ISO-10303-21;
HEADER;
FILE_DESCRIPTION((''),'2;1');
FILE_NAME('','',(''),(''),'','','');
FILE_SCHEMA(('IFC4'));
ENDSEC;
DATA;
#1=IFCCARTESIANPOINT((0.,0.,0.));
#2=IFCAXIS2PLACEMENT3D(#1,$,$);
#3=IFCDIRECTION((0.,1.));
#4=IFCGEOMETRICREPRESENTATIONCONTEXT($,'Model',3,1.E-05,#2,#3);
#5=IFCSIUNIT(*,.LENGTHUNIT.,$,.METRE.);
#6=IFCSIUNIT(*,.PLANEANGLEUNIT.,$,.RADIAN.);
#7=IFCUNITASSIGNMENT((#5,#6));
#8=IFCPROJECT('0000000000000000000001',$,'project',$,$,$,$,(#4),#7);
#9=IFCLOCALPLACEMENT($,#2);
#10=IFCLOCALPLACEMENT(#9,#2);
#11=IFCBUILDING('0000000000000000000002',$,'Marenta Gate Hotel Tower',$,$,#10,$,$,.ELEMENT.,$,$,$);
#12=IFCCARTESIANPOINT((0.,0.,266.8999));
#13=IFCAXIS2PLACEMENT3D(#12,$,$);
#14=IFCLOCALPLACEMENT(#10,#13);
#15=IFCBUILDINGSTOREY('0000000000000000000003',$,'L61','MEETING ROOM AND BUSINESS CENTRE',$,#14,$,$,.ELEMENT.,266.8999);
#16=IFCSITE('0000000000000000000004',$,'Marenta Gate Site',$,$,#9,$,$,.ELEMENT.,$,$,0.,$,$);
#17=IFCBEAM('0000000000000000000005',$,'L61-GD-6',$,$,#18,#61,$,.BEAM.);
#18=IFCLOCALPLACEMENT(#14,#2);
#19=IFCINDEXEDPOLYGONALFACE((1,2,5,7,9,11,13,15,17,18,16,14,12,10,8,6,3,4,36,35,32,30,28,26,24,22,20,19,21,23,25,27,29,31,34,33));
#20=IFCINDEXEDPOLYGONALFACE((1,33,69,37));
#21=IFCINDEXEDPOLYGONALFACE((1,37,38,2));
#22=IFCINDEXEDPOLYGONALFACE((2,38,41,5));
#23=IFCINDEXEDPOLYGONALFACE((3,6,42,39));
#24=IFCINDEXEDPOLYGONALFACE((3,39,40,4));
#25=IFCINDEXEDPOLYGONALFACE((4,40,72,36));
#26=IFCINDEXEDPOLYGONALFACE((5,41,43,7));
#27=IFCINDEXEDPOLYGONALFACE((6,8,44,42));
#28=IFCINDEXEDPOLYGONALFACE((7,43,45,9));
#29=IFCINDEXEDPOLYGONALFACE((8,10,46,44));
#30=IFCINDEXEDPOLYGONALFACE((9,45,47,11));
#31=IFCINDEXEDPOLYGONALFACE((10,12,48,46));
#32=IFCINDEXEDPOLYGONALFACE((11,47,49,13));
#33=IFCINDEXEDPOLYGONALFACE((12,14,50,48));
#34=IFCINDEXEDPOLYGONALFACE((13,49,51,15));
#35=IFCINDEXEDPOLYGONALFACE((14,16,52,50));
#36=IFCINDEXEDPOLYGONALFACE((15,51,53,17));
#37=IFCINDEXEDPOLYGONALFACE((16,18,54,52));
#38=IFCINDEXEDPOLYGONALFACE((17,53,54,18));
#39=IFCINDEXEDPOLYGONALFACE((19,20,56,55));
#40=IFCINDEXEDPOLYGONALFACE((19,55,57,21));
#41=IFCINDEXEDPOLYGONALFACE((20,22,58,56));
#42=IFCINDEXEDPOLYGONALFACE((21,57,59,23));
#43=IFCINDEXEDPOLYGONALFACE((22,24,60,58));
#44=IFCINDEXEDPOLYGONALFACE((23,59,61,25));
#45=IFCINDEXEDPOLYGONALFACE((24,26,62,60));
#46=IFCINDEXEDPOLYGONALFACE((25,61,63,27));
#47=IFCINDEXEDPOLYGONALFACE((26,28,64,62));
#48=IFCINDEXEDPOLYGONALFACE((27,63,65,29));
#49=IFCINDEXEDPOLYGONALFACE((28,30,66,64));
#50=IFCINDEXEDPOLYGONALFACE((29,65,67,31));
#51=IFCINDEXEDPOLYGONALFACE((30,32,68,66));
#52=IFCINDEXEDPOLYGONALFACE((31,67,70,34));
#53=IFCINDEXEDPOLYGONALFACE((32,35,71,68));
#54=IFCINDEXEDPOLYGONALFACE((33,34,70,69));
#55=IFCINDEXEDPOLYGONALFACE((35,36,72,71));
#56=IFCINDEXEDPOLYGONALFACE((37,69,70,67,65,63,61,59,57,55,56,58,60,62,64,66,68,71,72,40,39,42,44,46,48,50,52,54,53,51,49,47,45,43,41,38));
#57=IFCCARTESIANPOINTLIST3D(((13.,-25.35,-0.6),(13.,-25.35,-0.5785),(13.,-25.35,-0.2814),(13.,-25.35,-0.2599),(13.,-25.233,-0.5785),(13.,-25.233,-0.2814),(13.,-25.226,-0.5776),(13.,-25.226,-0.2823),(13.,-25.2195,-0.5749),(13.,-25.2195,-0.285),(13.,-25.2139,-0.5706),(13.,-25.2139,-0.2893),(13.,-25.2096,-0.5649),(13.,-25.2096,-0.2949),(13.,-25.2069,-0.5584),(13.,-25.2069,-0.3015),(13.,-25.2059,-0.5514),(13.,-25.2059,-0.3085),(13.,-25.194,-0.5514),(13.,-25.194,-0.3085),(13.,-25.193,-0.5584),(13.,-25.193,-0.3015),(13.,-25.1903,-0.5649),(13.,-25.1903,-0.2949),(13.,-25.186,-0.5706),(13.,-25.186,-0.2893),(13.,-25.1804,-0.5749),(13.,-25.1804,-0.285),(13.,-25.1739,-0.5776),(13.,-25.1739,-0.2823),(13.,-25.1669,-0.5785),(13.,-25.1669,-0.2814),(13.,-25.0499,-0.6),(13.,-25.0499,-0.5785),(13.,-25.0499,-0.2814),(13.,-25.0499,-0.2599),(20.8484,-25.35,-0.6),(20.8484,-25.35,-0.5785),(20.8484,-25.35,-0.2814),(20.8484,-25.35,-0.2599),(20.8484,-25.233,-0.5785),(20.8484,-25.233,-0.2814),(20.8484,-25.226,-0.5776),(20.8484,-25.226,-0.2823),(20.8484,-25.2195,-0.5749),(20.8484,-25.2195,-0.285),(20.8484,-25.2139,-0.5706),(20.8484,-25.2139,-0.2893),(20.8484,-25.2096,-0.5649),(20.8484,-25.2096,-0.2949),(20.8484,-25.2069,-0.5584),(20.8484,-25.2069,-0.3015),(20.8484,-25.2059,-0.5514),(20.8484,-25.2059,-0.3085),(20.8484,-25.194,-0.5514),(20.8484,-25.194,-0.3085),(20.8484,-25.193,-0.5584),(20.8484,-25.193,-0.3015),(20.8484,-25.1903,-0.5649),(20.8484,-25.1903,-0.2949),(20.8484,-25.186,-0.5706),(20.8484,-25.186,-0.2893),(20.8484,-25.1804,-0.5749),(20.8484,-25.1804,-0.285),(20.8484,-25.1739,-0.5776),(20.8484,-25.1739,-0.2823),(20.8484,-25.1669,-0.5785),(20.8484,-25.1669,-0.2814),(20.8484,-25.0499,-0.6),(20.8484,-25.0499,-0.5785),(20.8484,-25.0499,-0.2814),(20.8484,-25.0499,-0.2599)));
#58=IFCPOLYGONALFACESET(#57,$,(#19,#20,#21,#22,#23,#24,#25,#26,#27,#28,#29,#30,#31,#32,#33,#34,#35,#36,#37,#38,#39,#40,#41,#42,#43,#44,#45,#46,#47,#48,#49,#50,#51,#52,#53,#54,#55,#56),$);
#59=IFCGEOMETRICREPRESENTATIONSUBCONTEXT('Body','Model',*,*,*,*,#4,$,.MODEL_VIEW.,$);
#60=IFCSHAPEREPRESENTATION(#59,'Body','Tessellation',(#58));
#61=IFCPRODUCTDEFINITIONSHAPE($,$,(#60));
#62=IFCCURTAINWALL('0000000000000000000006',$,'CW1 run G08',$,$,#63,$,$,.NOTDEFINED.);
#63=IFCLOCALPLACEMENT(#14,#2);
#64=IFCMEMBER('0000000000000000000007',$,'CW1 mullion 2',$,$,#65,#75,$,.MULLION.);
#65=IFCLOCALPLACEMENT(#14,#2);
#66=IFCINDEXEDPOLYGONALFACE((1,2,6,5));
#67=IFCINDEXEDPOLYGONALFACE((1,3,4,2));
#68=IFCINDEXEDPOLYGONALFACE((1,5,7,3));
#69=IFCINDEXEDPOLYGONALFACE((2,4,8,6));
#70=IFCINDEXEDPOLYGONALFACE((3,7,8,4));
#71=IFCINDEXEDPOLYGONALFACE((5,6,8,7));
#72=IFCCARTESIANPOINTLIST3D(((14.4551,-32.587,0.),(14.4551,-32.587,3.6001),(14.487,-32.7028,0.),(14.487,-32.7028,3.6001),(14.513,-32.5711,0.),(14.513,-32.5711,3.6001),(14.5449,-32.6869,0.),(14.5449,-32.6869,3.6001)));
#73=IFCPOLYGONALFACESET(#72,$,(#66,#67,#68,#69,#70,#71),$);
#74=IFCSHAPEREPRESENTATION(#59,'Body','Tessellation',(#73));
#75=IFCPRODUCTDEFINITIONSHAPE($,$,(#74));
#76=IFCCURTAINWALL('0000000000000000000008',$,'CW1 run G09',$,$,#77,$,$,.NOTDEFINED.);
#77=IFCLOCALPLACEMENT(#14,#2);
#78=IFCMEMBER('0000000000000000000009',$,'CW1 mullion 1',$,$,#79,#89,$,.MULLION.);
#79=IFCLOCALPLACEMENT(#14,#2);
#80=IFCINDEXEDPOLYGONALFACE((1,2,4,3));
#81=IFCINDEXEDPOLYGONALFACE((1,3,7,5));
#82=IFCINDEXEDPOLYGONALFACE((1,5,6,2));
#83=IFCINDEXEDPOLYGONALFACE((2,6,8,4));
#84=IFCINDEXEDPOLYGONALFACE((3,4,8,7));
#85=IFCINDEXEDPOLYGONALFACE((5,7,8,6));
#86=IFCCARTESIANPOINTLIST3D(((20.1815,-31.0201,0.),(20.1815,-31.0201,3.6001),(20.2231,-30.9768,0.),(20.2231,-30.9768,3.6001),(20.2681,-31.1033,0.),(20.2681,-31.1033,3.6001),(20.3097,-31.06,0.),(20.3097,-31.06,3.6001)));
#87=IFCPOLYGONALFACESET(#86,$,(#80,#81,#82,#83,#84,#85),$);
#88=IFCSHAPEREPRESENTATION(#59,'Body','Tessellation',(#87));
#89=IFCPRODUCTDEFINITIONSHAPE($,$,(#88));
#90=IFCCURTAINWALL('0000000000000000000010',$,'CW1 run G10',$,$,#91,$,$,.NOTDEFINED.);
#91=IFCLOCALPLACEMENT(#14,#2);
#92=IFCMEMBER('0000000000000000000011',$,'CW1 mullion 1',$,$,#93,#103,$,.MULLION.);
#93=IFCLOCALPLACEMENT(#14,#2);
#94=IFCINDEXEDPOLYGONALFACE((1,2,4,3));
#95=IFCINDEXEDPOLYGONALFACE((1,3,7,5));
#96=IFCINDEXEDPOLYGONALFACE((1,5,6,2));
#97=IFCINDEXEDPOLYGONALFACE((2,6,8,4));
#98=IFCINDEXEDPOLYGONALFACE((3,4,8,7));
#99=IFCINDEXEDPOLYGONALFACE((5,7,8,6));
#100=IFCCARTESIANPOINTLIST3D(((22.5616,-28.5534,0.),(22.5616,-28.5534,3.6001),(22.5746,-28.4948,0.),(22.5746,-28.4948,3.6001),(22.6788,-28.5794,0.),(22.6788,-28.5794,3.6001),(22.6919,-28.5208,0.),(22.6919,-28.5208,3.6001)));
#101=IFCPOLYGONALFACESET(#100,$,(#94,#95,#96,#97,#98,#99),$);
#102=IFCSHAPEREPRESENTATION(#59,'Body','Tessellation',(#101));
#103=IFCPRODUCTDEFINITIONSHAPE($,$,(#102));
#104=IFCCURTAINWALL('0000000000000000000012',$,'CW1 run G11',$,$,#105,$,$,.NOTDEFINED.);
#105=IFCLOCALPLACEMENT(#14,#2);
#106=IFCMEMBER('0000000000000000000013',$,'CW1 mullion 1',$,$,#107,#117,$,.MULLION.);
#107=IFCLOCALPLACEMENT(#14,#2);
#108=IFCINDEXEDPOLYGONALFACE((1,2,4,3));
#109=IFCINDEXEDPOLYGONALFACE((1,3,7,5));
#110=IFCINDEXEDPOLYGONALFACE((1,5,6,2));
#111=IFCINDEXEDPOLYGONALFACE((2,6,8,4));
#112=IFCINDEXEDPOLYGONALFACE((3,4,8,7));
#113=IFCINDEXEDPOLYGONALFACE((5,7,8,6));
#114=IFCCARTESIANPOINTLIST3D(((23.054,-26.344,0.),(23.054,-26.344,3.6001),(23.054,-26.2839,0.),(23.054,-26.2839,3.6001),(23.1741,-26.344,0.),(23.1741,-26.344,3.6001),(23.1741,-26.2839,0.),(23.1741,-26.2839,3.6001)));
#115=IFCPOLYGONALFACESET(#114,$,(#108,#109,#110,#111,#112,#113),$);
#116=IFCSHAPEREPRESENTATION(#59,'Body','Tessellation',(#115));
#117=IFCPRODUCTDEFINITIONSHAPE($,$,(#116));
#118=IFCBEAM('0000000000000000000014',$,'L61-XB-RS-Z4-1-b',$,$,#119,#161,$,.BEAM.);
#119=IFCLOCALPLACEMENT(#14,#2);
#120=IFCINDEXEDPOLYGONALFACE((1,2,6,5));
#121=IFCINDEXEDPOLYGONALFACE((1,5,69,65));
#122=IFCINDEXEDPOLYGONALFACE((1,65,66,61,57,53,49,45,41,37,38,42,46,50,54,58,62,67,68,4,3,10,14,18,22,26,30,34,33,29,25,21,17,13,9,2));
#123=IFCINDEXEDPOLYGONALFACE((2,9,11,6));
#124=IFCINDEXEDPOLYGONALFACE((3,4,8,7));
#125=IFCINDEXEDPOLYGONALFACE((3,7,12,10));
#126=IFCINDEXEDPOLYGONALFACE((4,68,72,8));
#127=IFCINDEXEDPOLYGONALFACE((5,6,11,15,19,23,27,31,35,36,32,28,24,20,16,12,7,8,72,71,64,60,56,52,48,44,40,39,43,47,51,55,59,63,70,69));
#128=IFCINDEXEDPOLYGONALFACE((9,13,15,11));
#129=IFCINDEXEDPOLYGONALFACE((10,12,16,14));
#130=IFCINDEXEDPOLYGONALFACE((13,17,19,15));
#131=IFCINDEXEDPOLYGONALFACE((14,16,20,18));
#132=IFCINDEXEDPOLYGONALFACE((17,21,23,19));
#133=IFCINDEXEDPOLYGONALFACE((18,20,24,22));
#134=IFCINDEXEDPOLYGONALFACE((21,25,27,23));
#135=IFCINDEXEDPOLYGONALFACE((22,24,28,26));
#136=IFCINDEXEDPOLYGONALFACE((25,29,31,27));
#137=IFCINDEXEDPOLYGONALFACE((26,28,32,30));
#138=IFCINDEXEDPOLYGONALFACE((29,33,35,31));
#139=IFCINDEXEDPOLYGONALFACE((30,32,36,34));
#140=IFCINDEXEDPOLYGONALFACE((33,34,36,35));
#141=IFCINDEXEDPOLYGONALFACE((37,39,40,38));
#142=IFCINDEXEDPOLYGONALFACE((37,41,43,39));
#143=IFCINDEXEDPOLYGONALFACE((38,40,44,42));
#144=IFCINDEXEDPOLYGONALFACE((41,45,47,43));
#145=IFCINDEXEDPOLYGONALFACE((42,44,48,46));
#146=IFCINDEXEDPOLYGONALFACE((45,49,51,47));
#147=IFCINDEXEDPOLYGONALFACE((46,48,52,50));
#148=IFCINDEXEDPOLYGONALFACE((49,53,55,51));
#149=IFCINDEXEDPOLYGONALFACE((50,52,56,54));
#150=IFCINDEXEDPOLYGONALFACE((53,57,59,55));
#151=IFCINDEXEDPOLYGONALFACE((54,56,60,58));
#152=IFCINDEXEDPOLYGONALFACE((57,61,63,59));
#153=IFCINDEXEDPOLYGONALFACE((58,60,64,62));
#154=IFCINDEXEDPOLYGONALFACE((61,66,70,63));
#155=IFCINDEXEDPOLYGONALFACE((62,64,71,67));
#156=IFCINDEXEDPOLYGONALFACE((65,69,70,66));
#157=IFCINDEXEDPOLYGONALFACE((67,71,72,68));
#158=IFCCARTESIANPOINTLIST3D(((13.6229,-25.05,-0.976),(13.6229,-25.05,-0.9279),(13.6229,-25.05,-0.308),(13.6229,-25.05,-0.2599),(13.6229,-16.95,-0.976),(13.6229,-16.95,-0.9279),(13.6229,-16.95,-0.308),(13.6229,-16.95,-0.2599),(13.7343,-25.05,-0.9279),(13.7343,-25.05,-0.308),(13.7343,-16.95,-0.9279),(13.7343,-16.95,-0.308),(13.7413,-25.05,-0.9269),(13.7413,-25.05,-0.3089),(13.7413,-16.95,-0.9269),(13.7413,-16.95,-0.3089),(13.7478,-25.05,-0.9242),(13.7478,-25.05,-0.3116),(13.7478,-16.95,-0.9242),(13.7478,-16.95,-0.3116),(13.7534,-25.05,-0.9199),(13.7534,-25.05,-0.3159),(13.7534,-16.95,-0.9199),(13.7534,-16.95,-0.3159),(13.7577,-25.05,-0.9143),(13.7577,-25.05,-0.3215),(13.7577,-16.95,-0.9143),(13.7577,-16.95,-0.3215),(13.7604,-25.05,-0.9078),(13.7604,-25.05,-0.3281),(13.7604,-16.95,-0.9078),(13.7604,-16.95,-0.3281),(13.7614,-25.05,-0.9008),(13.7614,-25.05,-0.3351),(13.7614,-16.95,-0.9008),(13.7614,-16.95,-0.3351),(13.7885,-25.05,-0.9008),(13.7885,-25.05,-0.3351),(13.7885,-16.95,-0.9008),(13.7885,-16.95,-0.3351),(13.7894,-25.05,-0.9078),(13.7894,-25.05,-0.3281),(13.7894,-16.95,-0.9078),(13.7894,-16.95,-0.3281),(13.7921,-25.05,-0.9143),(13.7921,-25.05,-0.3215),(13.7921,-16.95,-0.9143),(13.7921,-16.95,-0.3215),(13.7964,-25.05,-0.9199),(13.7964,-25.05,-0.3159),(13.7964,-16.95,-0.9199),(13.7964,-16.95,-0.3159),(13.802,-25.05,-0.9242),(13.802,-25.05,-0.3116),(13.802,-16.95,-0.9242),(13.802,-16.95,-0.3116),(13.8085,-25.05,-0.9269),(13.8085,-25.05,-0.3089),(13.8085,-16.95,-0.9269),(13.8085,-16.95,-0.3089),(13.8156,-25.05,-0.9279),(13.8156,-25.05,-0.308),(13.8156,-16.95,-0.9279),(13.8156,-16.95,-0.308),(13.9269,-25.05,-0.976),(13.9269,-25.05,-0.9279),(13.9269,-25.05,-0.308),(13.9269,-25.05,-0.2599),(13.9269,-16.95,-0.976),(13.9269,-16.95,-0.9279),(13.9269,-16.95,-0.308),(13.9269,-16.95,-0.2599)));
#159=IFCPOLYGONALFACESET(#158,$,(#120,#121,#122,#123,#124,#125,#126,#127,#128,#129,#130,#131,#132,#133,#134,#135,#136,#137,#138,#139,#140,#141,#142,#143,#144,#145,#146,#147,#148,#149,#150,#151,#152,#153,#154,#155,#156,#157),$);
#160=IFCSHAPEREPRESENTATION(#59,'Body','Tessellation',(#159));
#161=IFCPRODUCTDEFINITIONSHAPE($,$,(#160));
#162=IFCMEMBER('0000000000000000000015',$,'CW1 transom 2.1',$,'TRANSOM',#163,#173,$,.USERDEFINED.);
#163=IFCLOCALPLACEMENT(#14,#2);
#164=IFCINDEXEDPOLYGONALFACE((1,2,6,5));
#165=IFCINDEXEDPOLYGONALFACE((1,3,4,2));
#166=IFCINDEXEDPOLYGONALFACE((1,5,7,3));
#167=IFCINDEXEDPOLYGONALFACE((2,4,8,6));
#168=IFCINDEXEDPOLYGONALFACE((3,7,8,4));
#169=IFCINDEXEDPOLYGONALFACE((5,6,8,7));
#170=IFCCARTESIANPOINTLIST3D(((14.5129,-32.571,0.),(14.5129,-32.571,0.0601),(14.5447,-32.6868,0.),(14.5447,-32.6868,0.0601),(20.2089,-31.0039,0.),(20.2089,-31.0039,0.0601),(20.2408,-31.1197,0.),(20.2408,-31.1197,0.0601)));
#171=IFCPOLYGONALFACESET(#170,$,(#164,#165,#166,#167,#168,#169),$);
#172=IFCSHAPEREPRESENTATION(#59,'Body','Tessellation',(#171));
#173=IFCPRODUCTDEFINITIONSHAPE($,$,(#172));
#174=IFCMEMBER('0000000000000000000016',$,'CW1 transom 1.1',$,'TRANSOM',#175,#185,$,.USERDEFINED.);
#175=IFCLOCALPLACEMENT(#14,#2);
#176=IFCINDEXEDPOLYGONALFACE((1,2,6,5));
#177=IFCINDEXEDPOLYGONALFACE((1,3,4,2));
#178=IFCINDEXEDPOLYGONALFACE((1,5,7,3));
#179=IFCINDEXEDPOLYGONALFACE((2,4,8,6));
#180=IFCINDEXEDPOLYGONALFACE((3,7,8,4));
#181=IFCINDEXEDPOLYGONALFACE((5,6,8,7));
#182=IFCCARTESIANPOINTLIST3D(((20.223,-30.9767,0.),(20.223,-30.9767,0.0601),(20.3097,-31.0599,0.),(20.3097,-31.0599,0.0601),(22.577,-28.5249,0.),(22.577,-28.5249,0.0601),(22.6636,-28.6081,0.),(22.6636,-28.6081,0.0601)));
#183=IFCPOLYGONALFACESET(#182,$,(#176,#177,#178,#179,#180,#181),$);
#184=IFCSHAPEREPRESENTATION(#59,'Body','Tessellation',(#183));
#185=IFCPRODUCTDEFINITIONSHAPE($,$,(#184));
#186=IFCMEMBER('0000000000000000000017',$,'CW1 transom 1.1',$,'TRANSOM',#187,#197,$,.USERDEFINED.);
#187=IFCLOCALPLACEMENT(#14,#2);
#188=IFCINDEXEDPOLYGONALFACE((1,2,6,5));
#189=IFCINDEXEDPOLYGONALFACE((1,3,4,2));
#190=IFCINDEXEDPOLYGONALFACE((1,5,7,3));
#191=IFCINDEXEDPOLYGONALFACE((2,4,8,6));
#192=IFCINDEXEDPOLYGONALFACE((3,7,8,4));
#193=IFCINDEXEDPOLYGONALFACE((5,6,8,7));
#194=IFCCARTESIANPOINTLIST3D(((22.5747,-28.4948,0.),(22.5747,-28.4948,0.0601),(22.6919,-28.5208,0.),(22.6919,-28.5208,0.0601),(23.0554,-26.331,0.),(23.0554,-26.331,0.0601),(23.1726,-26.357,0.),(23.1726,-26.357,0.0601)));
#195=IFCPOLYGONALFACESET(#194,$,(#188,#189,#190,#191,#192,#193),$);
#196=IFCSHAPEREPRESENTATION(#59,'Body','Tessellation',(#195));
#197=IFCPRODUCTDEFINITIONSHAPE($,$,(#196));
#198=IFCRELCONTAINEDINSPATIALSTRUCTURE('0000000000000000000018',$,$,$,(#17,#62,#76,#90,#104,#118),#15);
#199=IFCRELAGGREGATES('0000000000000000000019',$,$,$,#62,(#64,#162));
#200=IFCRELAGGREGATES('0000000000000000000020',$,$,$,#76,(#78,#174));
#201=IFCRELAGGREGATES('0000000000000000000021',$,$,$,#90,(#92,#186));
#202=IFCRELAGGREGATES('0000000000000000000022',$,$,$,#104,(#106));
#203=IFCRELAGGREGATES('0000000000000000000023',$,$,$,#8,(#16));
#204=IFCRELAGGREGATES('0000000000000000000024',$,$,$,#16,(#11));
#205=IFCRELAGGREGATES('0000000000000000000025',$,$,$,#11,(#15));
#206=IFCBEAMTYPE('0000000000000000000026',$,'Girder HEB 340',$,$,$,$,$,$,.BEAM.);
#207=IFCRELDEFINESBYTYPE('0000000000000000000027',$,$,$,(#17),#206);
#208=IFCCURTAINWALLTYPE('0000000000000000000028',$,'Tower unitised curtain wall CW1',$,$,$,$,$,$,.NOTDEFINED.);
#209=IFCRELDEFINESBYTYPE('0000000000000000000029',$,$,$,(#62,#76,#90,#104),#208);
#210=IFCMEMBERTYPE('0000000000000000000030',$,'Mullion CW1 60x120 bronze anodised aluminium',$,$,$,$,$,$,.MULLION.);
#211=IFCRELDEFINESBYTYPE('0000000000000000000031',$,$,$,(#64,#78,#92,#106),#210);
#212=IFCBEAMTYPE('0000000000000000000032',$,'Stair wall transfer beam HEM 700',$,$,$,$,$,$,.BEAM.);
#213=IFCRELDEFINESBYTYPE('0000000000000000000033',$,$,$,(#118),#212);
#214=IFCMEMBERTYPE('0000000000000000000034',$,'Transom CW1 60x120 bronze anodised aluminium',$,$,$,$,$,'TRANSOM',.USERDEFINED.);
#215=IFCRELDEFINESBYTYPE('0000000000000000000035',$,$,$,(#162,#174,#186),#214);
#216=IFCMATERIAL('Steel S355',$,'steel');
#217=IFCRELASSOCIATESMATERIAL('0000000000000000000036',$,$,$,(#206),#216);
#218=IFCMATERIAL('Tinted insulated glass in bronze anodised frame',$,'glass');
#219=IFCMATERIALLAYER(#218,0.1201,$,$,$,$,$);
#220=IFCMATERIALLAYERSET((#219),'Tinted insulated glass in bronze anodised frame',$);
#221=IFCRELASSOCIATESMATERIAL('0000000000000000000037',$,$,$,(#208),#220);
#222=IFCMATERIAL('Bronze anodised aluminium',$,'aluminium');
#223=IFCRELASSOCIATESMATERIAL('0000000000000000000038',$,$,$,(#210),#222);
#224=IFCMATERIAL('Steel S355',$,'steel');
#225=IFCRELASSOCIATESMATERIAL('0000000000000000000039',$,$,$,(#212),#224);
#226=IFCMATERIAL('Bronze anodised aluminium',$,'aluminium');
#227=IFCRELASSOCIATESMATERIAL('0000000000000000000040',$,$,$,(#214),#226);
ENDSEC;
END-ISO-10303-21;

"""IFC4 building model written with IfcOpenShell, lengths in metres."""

from ifc_helpers import new_model, si_unit, direction, frame, origin, origin_2d, place, context, subcontext, project, spatial, rectangle, i_section, extrude, material, layer, layer_set, material_profile, profile_set, type_object, element, aggregate, save


model = new_model("IFC4")

# Units and contexts
model_context = context("Model", 3, precision=1e-05, world=origin(), true_north=direction((0.0, 1.0)))
body_context = subcontext(model_context, "Body", "Model", "MODEL_VIEW")
ifc_project = project(units=[si_unit("LENGTHUNIT", "METRE"), si_unit("PLANEANGLEUNIT", "RADIAN")], contexts=[model_context])

# Site, building, storey
site_placement = place(None, origin())
site = spatial("IfcSite", under=ifc_project, at=site_placement, Name="Marenta Gate Site", CompositionType="ELEMENT", RefElevation=0.0)
building_placement = place(site_placement, origin())
building = spatial("IfcBuilding", under=site, at=building_placement, Name="Marenta Gate Hotel Tower", CompositionType="ELEMENT")
storey_placement = place(building_placement, frame((0.0, 0.0, 266.8999)))
storey = spatial("IfcBuildingStorey", under=building, at=storey_placement, Name="L61", Description="MEETING ROOM AND BUSINESS CENTRE", CompositionType="ELEMENT", Elevation=266.8999)

# Beam
ifc_material_1 = material(Name="Steel S355", Category="steel")
ifc_material_profile_1 = material_profile(ifc_material_1, i_section(OverallWidth=0.3, OverallDepth=0.3401, WebThickness=0.012, FlangeThickness=0.0215, FilletRadius=0.0271, at=origin_2d()), Name="HEB 340")
ifc_profile_set_1 = profile_set([ifc_material_profile_1], Name="Steel S355")
beam_type_1 = type_object("IfcBeamType", Name="Girder HEB 340", PredefinedType="BEAM", material=ifc_profile_set_1)
beam_1_placement = place(storey_placement, frame((13.0, -25.2, -0.4299), z_axis=(1.0, 0.0, 0.0), x_axis=(0.0, 1.0, 0.0)))
element("IfcBeam", 1, at=beam_1_placement, inside=storey, type_object=beam_type_1, Name="L61-GD-6", PredefinedType="BEAM", context=body_context, shape_type="SweptSolid", body=[
    extrude(i_section(OverallWidth=0.3, OverallDepth=0.3401, WebThickness=0.012, FlangeThickness=0.0215, FilletRadius=0.0271, at=origin_2d()), origin(), (0.0, 0.0, 1.0), 7.8484),
])

# Curtain walls, members
ifc_material_2 = material(Name="Tinted insulated glass in bronze anodised frame", Category="glass")
ifc_layer_1 = layer(ifc_material_2, 0.1201)
ifc_layer_set_1 = layer_set([ifc_layer_1], Name="Tinted insulated glass in bronze anodised frame")
curtain_wall_type = type_object("IfcCurtainWallType", Name="Tower unitised curtain wall CW1", PredefinedType="NOTDEFINED", material=ifc_layer_set_1)
curtain_wall_1_placement = place(storey_placement, origin())
curtain_wall_1 = element("IfcCurtainWall", 2, at=curtain_wall_1_placement, inside=storey, type_object=curtain_wall_type, Name="CW1 run G08", PredefinedType="NOTDEFINED")
ifc_material_3 = material(Name="Bronze anodised aluminium", Category="aluminium")
ifc_material_profile_2 = material_profile(ifc_material_3, rectangle(XDim=0.1201, YDim=0.0601, at=origin_2d()), Name="Mullion CW1 60x120 bronze anodised aluminium")
ifc_profile_set_2 = profile_set([ifc_material_profile_2], Name="Bronze anodised aluminium")
member_type_1 = type_object("IfcMemberType", Name="Mullion CW1 60x120 bronze anodised aluminium", PredefinedType="MULLION", material=ifc_profile_set_2)
member_1_placement = place(storey_placement, frame((14.5, -32.637, 0.0), z_axis=(0.0, 0.0, 1.0), x_axis=(-0.265292, 0.964168, 0.0)))
member_1 = element("IfcMember", 3, at=member_1_placement, type_object=member_type_1, Name="CW1 mullion 2", PredefinedType="MULLION", context=body_context, shape_type="SweptSolid", body=[
    extrude(rectangle(XDim=0.1201, YDim=0.0601, at=origin_2d()), origin(), (0.0, 0.0, 1.0), 3.6001),
])
curtain_wall_2_placement = place(storey_placement, origin())
curtain_wall_2 = element("IfcCurtainWall", 4, at=curtain_wall_2_placement, inside=storey, type_object=curtain_wall_type, Name="CW1 run G09", PredefinedType="NOTDEFINED")
member_2_placement = place(storey_placement, frame((20.2456, -31.04, 0.0), z_axis=(0.0, 0.0, 1.0), x_axis=(-0.721372, 0.692548, 0.0)))
member_2 = element("IfcMember", 5, at=member_2_placement, type_object=member_type_1, Name="CW1 mullion 1", PredefinedType="MULLION", context=body_context, shape_type="SweptSolid", body=[
    extrude(rectangle(XDim=0.1201, YDim=0.0601, at=origin_2d()), origin(), (0.0, 0.0, 1.0), 3.6001),
])
curtain_wall_3_placement = place(storey_placement, origin())
curtain_wall_3 = element("IfcCurtainWall", 6, at=curtain_wall_3_placement, inside=storey, type_object=curtain_wall_type, Name="CW1 run G10", PredefinedType="NOTDEFINED")
member_3_placement = place(storey_placement, frame((22.6267, -28.5371, 0.0), z_axis=(0.0, 0.0, 1.0), x_axis=(-0.976207, 0.216842, 0.0)))
member_3 = element("IfcMember", 7, at=member_3_placement, type_object=member_type_1, Name="CW1 mullion 1", PredefinedType="MULLION", context=body_context, shape_type="SweptSolid", body=[
    extrude(rectangle(XDim=0.1201, YDim=0.0601, at=origin_2d()), origin(), (0.0, 0.0, 1.0), 3.6001),
])
curtain_wall_4_placement = place(storey_placement, origin())
curtain_wall_4 = element("IfcCurtainWall", 8, at=curtain_wall_4_placement, inside=storey, type_object=curtain_wall_type, Name="CW1 run G11", PredefinedType="NOTDEFINED")
member_4_placement = place(storey_placement, frame((23.114, -26.314, 0.0), z_axis=(0.0, 0.0, 1.0), x_axis=(-1.0, 0.0, 0.0)))
member_4 = element("IfcMember", 9, at=member_4_placement, type_object=member_type_1, Name="CW1 mullion 1", PredefinedType="MULLION", context=body_context, shape_type="SweptSolid", body=[
    extrude(rectangle(XDim=0.1201, YDim=0.0601, at=origin_2d()), origin(), (0.0, 0.0, 1.0), 3.6001),
])

# Beam
ifc_material_4 = material(Name="Steel S355", Category="steel")
ifc_material_profile_3 = material_profile(ifc_material_4, i_section(OverallWidth=0.304, OverallDepth=0.7161, WebThickness=0.0271, FlangeThickness=0.0481, FilletRadius=0.0271, at=origin_2d()), Name="HEM 700")
ifc_profile_set_3 = profile_set([ifc_material_profile_3], Name="Steel S355")
beam_type_2 = type_object("IfcBeamType", Name="Stair wall transfer beam HEM 700", PredefinedType="BEAM", material=ifc_profile_set_3)
beam_2_placement = place(storey_placement, frame((13.7749, -25.05, -0.6179), z_axis=(0.0, 1.0, 0.0), x_axis=(-1.0, 0.0, 0.0)))
element("IfcBeam", 10, at=beam_2_placement, inside=storey, type_object=beam_type_2, Name="L61-XB-RS-Z4-1-b", PredefinedType="BEAM", context=body_context, shape_type="SweptSolid", body=[
    extrude(i_section(OverallWidth=0.304, OverallDepth=0.7161, WebThickness=0.0271, FlangeThickness=0.0481, FilletRadius=0.0271, at=origin_2d()), origin(), (0.0, 0.0, 1.0), 8.1001),
])

# Members
ifc_material_5 = material(Name="Bronze anodised aluminium", Category="aluminium")
ifc_material_profile_4 = material_profile(ifc_material_5, rectangle(XDim=0.1201, YDim=0.0601, at=origin_2d()), Name="Transom CW1 60x120 bronze anodised aluminium")
ifc_profile_set_4 = profile_set([ifc_material_profile_4], Name="Bronze anodised aluminium")
member_type_2 = type_object("IfcMemberType", Name="Transom CW1 60x120 bronze anodised aluminium", ElementType="TRANSOM", PredefinedType="USERDEFINED", material=ifc_profile_set_4)
member_5_placement = place(storey_placement, frame((14.5288, -32.6289, 0.03), z_axis=(0.964174, 0.265271, 0.0), x_axis=(-0.265271, 0.964174, 0.0)))
member_5 = element("IfcMember", 11, at=member_5_placement, type_object=member_type_2, Name="CW1 transom 2.1", ObjectType="TRANSOM", PredefinedType="USERDEFINED", context=body_context, shape_type="SweptSolid", body=[
    extrude(rectangle(XDim=0.1201, YDim=0.0601, at=origin_2d()), origin(), (0.0, 0.0, 1.0), 5.9077),
])
member_6_placement = place(storey_placement, frame((20.2664, -31.0183, 0.03), z_axis=(0.692559, 0.721361, 0.0), x_axis=(-0.721361, 0.692559, 0.0)))
member_6 = element("IfcMember", 12, at=member_6_placement, type_object=member_type_2, Name="CW1 transom 1.1", ObjectType="TRANSOM", PredefinedType="USERDEFINED", context=body_context, shape_type="SweptSolid", body=[
    extrude(rectangle(XDim=0.1201, YDim=0.0601, at=origin_2d()), origin(), (0.0, 0.0, 1.0), 3.3989),
])
member_7_placement = place(storey_placement, frame((22.6333, -28.5078, 0.03), z_axis=(0.216872, 0.9762, 0.0), x_axis=(-0.9762, 0.216872, 0.0)))
member_7 = element("IfcMember", 13, at=member_7_placement, type_object=member_type_2, Name="CW1 transom 1.1", ObjectType="TRANSOM", PredefinedType="USERDEFINED", context=body_context, shape_type="SweptSolid", body=[
    extrude(rectangle(XDim=0.1201, YDim=0.0601, at=origin_2d()), origin(), (0.0, 0.0, 1.0), 2.2166),
])

aggregate(curtain_wall_1, [member_1, member_5])
aggregate(curtain_wall_2, [member_2, member_6])
aggregate(curtain_wall_3, [member_3, member_7])
aggregate(curtain_wall_4, [member_4])

save(model, "model.ifc")
